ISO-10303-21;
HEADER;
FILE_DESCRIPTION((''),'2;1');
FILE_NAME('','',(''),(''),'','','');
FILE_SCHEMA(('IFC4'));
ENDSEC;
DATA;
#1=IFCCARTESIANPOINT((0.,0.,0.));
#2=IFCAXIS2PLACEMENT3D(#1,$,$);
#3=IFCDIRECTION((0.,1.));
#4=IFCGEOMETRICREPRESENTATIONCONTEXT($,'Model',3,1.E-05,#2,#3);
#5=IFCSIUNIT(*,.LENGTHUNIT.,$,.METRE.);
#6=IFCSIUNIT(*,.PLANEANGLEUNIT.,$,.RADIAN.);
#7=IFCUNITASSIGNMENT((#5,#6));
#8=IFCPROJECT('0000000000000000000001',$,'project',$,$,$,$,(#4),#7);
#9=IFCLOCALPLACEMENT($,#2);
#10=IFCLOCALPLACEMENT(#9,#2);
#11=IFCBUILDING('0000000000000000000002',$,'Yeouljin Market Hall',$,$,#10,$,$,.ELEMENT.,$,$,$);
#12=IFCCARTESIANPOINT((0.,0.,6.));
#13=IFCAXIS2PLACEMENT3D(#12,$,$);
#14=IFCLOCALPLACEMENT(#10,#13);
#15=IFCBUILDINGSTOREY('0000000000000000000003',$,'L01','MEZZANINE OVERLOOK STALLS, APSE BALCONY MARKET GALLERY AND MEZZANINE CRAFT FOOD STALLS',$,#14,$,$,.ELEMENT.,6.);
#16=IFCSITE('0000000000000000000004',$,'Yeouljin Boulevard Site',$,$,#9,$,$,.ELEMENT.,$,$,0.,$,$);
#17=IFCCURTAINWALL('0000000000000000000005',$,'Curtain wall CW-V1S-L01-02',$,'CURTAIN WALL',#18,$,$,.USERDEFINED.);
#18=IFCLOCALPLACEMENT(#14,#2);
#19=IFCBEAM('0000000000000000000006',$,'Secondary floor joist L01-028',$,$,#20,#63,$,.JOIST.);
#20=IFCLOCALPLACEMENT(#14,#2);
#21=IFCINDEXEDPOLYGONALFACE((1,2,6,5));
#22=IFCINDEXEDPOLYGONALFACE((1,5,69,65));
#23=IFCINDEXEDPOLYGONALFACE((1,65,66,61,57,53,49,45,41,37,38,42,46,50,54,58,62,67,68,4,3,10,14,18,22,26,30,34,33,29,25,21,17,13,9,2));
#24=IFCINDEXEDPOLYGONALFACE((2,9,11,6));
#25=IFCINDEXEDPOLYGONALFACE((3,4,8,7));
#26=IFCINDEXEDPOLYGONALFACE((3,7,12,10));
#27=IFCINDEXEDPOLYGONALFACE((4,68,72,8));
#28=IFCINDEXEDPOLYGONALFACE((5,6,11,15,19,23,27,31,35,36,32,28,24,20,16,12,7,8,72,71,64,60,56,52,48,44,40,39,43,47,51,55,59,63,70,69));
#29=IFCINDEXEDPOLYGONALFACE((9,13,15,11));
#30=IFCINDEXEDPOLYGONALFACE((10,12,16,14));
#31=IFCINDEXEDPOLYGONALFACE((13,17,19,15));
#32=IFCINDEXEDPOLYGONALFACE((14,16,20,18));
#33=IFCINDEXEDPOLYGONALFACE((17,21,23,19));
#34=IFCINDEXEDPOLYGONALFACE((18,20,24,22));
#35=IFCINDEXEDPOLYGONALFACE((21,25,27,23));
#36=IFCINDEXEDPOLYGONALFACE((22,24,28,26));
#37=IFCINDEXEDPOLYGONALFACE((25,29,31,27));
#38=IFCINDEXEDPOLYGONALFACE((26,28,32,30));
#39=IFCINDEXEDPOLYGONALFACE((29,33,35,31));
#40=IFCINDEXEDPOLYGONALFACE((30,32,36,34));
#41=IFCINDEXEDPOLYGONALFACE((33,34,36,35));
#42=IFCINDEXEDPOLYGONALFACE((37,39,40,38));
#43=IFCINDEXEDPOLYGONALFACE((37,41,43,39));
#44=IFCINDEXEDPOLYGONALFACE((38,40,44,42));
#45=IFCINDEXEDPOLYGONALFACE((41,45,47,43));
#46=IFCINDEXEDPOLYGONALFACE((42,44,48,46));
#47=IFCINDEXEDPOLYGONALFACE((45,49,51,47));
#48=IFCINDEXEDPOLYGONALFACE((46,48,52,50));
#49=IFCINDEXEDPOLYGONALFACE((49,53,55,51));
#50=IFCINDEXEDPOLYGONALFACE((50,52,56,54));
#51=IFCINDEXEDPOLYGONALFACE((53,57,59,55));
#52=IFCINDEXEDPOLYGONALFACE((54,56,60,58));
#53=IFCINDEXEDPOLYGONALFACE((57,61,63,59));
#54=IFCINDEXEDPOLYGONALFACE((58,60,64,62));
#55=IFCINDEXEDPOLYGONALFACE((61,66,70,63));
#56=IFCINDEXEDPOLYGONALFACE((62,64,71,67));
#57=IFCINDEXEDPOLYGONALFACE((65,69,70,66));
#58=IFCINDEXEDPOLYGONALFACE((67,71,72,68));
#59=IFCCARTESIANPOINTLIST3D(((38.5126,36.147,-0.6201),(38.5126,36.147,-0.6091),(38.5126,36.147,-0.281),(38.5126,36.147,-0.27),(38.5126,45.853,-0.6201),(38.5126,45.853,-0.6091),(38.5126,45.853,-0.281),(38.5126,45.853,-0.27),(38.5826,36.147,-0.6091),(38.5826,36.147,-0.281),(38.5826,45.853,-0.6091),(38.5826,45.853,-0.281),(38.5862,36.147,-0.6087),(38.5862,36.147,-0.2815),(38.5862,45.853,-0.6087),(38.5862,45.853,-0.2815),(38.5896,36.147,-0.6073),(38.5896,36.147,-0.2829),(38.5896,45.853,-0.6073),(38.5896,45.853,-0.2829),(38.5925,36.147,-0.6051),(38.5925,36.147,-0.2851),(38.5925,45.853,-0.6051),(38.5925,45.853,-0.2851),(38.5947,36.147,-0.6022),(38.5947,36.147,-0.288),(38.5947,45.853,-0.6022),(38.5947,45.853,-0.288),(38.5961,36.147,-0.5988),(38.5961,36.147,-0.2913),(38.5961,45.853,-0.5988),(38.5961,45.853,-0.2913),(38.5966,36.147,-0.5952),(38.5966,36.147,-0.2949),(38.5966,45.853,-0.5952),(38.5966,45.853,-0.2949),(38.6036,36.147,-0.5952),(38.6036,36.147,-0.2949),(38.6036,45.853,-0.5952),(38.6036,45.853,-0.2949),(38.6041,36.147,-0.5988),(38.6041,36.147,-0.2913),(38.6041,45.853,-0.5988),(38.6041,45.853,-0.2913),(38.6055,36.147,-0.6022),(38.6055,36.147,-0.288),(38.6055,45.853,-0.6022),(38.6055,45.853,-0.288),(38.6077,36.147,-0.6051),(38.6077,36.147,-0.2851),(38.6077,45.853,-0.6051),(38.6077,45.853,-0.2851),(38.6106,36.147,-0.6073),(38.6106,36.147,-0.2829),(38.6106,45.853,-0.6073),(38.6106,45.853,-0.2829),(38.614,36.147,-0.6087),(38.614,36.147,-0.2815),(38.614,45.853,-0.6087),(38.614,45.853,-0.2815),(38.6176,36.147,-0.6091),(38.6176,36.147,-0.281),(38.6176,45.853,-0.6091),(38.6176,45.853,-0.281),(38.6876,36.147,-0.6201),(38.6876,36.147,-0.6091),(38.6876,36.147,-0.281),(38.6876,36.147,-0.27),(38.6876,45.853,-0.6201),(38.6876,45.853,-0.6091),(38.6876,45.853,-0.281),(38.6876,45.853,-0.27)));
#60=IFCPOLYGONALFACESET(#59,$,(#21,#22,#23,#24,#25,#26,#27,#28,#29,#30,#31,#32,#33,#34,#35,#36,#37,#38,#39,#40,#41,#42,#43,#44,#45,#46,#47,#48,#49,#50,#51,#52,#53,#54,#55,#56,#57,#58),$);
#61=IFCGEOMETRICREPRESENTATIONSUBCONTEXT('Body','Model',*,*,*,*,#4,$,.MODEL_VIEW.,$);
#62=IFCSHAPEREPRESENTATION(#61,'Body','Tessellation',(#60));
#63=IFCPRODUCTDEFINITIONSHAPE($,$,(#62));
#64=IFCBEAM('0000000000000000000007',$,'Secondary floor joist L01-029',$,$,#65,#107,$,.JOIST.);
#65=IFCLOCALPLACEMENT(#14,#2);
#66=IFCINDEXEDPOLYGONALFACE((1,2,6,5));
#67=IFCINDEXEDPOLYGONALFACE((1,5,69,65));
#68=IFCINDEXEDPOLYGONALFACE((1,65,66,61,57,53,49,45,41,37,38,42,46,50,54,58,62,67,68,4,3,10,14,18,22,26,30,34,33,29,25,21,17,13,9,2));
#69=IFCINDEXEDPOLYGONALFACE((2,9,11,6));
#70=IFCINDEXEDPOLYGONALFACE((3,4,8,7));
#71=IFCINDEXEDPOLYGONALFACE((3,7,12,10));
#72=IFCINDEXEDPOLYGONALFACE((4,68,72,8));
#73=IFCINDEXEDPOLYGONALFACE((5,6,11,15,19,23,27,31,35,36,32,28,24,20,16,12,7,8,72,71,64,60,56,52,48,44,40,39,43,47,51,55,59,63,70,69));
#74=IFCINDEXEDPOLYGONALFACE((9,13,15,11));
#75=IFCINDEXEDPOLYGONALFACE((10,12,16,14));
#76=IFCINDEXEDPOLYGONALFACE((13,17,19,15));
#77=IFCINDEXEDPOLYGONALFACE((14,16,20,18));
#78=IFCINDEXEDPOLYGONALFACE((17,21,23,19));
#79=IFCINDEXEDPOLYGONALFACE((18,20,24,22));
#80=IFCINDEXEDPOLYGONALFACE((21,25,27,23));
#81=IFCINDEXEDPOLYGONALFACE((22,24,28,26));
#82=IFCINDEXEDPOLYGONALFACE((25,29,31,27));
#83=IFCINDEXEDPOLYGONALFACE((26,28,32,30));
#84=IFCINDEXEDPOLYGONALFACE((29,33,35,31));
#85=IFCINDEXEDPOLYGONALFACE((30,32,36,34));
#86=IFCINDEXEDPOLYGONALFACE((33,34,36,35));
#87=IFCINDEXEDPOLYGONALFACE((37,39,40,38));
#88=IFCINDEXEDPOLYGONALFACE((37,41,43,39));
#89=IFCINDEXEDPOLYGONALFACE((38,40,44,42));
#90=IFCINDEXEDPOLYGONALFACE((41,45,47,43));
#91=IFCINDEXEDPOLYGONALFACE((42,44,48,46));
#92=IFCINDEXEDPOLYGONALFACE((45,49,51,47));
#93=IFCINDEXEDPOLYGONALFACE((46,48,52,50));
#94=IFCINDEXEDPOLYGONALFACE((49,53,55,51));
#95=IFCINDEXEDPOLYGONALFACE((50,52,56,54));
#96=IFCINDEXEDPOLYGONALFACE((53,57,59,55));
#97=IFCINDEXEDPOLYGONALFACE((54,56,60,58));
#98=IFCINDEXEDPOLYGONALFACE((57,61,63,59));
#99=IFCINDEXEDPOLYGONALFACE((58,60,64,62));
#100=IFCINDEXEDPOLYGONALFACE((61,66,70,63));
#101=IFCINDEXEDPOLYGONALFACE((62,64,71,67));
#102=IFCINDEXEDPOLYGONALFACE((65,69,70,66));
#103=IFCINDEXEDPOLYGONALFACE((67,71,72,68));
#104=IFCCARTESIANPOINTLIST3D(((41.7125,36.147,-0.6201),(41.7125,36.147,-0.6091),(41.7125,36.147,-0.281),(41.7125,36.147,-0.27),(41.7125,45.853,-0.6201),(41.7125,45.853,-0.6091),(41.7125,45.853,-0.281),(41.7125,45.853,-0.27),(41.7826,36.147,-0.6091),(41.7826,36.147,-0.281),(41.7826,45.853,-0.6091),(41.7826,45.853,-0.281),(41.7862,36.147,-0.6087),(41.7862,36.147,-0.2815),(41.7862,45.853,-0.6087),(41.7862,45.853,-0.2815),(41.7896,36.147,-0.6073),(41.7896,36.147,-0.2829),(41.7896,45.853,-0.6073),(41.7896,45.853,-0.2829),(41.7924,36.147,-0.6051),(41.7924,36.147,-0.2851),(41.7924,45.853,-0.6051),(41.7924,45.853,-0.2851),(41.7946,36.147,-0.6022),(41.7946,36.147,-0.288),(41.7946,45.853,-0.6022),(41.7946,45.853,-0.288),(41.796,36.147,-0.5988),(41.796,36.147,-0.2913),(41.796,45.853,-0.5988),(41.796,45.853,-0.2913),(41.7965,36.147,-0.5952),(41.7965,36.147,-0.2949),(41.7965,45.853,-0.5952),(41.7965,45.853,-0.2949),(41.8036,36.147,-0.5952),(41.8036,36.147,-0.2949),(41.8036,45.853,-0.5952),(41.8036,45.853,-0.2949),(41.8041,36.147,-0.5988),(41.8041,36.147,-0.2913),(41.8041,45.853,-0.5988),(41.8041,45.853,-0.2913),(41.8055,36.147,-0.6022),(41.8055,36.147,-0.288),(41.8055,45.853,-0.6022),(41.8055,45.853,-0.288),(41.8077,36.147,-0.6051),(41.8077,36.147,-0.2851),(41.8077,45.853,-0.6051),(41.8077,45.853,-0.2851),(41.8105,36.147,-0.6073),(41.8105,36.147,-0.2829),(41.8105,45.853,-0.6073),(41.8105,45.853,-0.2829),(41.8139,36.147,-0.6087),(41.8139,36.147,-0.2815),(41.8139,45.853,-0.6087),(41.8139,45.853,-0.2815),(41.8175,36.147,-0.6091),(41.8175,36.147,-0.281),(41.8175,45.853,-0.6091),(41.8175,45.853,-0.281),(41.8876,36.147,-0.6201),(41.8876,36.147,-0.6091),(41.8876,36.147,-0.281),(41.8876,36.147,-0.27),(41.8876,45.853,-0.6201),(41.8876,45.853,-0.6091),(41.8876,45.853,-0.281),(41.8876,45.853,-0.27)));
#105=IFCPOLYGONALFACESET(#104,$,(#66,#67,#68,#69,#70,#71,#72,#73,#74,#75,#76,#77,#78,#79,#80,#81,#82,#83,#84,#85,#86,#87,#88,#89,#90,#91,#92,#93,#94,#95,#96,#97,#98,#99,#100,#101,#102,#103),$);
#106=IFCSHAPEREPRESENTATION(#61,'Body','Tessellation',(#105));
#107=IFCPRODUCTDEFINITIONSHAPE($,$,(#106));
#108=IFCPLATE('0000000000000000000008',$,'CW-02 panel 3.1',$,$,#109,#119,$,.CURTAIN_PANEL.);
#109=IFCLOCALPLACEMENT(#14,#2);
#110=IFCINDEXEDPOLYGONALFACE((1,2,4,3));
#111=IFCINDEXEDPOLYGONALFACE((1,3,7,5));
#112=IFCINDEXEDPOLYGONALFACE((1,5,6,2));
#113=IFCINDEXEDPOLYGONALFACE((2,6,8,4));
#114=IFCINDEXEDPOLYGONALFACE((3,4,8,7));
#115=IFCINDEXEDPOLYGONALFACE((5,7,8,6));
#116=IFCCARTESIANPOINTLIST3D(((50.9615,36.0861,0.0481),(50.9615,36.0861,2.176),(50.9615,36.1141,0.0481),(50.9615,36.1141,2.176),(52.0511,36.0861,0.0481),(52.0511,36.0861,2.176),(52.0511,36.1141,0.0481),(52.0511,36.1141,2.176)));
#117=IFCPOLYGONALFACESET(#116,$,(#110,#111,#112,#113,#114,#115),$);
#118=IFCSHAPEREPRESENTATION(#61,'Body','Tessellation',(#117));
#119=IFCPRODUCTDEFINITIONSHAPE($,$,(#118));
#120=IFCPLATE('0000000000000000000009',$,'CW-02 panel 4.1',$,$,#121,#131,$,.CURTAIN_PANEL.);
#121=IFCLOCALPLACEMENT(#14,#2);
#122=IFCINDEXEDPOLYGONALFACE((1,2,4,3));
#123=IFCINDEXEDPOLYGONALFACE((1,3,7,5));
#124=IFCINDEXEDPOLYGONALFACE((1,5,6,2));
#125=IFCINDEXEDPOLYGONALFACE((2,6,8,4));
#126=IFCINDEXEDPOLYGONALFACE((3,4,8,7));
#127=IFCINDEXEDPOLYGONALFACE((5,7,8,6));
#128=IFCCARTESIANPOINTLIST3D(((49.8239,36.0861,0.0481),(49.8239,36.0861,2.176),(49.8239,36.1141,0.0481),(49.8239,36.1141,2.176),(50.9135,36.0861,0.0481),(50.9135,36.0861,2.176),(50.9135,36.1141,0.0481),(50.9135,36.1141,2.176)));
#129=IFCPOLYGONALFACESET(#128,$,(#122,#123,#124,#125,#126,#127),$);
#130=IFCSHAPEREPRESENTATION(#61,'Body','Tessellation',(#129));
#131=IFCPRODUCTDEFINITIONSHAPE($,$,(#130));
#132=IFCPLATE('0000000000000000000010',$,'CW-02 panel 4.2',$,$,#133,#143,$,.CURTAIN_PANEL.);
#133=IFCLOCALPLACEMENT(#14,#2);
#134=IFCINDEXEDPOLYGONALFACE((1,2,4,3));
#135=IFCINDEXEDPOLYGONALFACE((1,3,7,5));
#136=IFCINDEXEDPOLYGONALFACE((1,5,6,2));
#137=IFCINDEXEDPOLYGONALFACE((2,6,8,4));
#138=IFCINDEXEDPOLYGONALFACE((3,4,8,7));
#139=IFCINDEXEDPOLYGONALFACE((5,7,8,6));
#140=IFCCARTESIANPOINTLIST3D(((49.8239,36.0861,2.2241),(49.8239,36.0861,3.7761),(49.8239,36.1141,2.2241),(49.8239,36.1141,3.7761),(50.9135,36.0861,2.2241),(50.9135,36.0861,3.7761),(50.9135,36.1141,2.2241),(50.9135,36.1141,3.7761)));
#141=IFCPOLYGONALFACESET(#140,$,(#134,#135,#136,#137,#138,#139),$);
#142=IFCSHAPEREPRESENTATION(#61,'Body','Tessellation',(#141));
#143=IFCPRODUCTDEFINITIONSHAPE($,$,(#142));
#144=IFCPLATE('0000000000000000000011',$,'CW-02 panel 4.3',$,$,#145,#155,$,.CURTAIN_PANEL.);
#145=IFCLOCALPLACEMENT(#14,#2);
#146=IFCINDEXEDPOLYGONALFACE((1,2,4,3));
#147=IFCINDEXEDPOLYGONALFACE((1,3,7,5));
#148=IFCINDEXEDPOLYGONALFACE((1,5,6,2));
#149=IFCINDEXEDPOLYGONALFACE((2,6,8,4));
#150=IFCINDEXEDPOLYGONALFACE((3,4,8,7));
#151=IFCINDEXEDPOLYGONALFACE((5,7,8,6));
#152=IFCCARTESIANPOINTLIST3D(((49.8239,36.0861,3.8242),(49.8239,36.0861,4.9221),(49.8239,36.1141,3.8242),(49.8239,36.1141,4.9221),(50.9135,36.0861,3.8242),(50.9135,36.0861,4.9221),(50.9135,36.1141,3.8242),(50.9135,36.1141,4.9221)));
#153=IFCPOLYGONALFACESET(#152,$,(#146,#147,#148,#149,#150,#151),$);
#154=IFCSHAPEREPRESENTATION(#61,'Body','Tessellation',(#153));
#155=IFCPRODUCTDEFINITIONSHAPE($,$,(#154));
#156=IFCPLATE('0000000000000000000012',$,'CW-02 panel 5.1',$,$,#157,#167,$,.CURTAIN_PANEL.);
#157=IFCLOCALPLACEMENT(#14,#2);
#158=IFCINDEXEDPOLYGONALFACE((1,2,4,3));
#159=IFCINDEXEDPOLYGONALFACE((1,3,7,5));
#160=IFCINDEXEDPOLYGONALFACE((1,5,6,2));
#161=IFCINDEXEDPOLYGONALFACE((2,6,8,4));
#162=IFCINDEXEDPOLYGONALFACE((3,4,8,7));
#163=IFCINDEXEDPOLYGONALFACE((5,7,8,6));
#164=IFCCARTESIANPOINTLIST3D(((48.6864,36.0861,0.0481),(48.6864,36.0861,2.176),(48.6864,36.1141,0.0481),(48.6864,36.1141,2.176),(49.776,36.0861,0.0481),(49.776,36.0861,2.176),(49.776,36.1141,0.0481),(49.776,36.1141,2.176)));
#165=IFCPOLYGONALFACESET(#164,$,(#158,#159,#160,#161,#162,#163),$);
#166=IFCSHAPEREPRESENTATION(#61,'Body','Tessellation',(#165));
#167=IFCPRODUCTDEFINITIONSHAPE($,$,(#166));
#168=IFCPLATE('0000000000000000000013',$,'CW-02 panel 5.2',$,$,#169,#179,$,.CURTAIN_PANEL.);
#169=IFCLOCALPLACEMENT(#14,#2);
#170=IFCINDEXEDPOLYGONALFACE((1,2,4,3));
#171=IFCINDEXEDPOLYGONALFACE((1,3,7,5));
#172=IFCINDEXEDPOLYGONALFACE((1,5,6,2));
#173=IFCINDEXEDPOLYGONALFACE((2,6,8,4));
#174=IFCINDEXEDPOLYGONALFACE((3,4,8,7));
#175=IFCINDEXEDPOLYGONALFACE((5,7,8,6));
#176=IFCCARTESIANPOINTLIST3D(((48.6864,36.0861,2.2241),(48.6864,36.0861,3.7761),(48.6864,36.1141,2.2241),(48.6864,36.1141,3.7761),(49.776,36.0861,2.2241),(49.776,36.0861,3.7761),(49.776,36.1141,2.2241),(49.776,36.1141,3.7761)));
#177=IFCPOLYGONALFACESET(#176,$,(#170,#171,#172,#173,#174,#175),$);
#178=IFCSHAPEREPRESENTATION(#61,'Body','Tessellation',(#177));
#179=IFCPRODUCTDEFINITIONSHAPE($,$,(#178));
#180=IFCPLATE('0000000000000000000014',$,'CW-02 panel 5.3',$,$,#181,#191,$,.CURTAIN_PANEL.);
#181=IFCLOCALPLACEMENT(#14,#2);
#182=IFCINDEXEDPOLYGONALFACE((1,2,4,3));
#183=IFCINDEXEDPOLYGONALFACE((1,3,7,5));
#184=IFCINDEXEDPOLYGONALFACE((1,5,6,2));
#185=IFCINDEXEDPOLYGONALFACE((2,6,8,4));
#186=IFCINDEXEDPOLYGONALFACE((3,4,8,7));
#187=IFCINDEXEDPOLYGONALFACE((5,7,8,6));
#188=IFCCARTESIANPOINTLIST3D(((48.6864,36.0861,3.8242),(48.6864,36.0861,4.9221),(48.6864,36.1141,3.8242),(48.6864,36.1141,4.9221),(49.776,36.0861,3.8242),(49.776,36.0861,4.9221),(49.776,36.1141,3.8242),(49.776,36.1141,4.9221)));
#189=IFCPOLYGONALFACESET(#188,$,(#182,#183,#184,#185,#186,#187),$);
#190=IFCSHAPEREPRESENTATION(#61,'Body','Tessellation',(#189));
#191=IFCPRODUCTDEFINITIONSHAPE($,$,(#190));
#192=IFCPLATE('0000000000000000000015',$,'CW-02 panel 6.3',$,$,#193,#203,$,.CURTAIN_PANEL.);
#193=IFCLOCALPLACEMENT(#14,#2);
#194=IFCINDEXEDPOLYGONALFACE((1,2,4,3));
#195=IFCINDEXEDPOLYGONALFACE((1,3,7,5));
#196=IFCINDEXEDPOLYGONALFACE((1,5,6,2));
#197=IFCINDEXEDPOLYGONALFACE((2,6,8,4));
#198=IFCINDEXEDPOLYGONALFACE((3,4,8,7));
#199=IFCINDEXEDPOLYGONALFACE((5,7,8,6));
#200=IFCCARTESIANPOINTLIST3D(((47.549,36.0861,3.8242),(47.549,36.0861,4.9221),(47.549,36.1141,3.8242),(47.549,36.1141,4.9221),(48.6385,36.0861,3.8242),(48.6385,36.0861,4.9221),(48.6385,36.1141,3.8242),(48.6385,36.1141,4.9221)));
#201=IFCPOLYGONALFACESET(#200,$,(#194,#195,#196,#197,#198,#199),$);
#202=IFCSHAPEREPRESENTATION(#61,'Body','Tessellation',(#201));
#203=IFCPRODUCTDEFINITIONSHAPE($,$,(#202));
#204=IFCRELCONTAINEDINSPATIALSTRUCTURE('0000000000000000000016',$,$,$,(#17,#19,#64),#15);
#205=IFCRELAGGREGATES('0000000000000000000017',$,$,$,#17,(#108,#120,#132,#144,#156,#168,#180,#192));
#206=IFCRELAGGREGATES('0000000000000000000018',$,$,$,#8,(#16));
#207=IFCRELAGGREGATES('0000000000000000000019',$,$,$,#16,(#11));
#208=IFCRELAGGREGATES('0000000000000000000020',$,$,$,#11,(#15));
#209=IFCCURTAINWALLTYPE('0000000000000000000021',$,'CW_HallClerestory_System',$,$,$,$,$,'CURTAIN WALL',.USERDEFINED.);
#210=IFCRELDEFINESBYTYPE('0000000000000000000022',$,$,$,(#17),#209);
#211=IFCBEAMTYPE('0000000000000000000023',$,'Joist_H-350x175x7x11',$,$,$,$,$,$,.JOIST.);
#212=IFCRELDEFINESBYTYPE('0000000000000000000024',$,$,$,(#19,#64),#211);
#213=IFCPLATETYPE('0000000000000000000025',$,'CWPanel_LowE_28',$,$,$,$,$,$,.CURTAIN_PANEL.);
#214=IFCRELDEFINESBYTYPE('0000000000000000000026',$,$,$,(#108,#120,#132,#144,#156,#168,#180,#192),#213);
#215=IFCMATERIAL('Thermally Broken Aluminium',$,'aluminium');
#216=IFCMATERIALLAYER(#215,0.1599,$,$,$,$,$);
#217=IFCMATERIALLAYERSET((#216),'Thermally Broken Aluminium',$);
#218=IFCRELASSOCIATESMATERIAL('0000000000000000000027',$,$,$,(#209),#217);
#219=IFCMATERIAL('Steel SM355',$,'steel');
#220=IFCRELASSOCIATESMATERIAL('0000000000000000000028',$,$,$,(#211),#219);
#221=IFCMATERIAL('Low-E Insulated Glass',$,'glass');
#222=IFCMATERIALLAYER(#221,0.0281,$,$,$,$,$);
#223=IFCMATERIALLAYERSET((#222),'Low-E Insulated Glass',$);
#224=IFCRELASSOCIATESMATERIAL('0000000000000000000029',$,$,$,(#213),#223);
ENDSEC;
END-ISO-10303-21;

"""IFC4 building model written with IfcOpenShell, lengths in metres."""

from ifc_helpers import new_model, si_unit, direction, frame, origin, origin_2d, place, context, subcontext, project, spatial, rectangle, i_section, extrude, material, layer, layer_set, material_profile, profile_set, type_object, element, aggregate, save


model = new_model("IFC4")

# Units and contexts
model_context = context("Model", 3, precision=1e-05, world=origin(), true_north=direction((0.0, 1.0)))
body_context = subcontext(model_context, "Body", "Model", "MODEL_VIEW")
ifc_project = project(units=[si_unit("LENGTHUNIT", "METRE"), si_unit("PLANEANGLEUNIT", "RADIAN")], contexts=[model_context])

# Site, building, storey
site_placement = place(None, origin())
site = spatial("IfcSite", under=ifc_project, at=site_placement, Name="Yeouljin Boulevard Site", CompositionType="ELEMENT", RefElevation=0.0)
building_placement = place(site_placement, origin())
building = spatial("IfcBuilding", under=site, at=building_placement, Name="Yeouljin Market Hall", CompositionType="ELEMENT")
storey_placement = place(building_placement, frame((0.0, 0.0, 6.0)))
storey = spatial("IfcBuildingStorey", under=building, at=storey_placement, Name="L01", Description="MEZZANINE OVERLOOK STALLS, APSE BALCONY MARKET GALLERY AND MEZZANINE CRAFT FOOD STALLS", CompositionType="ELEMENT", Elevation=6.0)

# Curtain wall
ifc_material_1 = material(Name="Thermally Broken Aluminium", Category="aluminium")
ifc_layer_1 = layer(ifc_material_1, 0.1599)
ifc_layer_set_1 = layer_set([ifc_layer_1], Name="Thermally Broken Aluminium")
curtain_wall_type = type_object("IfcCurtainWallType", Name="CW_HallClerestory_System", ElementType="CURTAIN WALL", PredefinedType="USERDEFINED", material=ifc_layer_set_1)
curtain_wall_placement = place(storey_placement, origin())
curtain_wall = element("IfcCurtainWall", 1, at=curtain_wall_placement, inside=storey, type_object=curtain_wall_type, Name="Curtain wall CW-V1S-L01-02", ObjectType="CURTAIN WALL", PredefinedType="USERDEFINED")

# Beams
ifc_material_2 = material(Name="Steel SM355", Category="steel")
ifc_material_profile_1 = material_profile(ifc_material_2, i_section(OverallWidth=0.175, OverallDepth=0.3501, WebThickness=0.0071, FlangeThickness=0.011, FilletRadius=0.0139, at=origin_2d()), Name="H-350x175x7x11")
ifc_profile_set_1 = profile_set([ifc_material_profile_1], Name="Steel SM355")
beam_type = type_object("IfcBeamType", Name="Joist_H-350x175x7x11", PredefinedType="JOIST", material=ifc_profile_set_1)
for number, where, z_axis, x_axis, name in (
    (2, (38.6001, 36.147, -0.4451), (0.0, 1.0, 0.0), (-1.0, 0.0, 0.0), "Secondary floor joist L01-028"),
    (3, (41.8, 36.147, -0.4451), (0.0, 1.0, 0.0), (-1.0, 0.0, 0.0), "Secondary floor joist L01-029"),
):
    element("IfcBeam", number, at=place(storey_placement, frame(where, z_axis=z_axis, x_axis=x_axis)), inside=storey, type_object=beam_type, Name=name, PredefinedType="JOIST", context=body_context, shape_type="SweptSolid", body=[
        extrude(i_section(OverallWidth=0.175, OverallDepth=0.3501, WebThickness=0.0071, FlangeThickness=0.011, FilletRadius=0.0139, at=origin_2d()), origin(), (0.0, 0.0, 1.0), 9.7061),
    ])

# Plates
ifc_material_3 = material(Name="Low-E Insulated Glass", Category="glass")
ifc_layer_2 = layer(ifc_material_3, 0.0281)
ifc_layer_set_2 = layer_set([ifc_layer_2], Name="Low-E Insulated Glass")
plate_type = type_object("IfcPlateType", Name="CWPanel_LowE_28", PredefinedType="CURTAIN_PANEL", material=ifc_layer_set_2)
plate_1_placement = place(storey_placement, frame((51.5063, 36.1001, 0.0481), z_axis=(0.0, 0.0, 1.0), x_axis=(-1.0, 0.0, 0.0)))
plate_1 = element("IfcPlate", 4, at=plate_1_placement, type_object=plate_type, Name="CW-02 panel 3.1", PredefinedType="CURTAIN_PANEL", context=body_context, shape_type="SweptSolid", body=[
    extrude(rectangle(XDim=1.0896, YDim=0.0281, at=origin_2d()), origin(), (0.0, 0.0, 1.0), 2.1279),
])
plate_2_placement = place(storey_placement, frame((50.3687, 36.1001, 0.0481), z_axis=(0.0, 0.0, 1.0), x_axis=(-1.0, 0.0, 0.0)))
plate_2 = element("IfcPlate", 5, at=plate_2_placement, type_object=plate_type, Name="CW-02 panel 4.1", PredefinedType="CURTAIN_PANEL", context=body_context, shape_type="SweptSolid", body=[
    extrude(rectangle(XDim=1.0896, YDim=0.0281, at=origin_2d()), origin(), (0.0, 0.0, 1.0), 2.1279),
])
plate_3_placement = place(storey_placement, frame((50.3687, 36.1001, 2.2241), z_axis=(0.0, 0.0, 1.0), x_axis=(-1.0, 0.0, 0.0)))
plate_3 = element("IfcPlate", 6, at=plate_3_placement, type_object=plate_type, Name="CW-02 panel 4.2", PredefinedType="CURTAIN_PANEL", context=body_context, shape_type="SweptSolid", body=[
    extrude(rectangle(XDim=1.0896, YDim=0.0281, at=origin_2d()), origin(), (0.0, 0.0, 1.0), 1.552),
])
plate_4_placement = place(storey_placement, frame((50.3687, 36.1001, 3.8242), z_axis=(0.0, 0.0, 1.0), x_axis=(-1.0, 0.0, 0.0)))
plate_4 = element("IfcPlate", 7, at=plate_4_placement, type_object=plate_type, Name="CW-02 panel 4.3", PredefinedType="CURTAIN_PANEL", context=body_context, shape_type="SweptSolid", body=[
    extrude(rectangle(XDim=1.0896, YDim=0.0281, at=origin_2d()), origin(), (0.0, 0.0, 1.0), 1.0979),
])
plate_5_placement = place(storey_placement, frame((49.2312, 36.1001, 0.0481), z_axis=(0.0, 0.0, 1.0), x_axis=(-1.0, 0.0, 0.0)))
plate_5 = element("IfcPlate", 8, at=plate_5_placement, type_object=plate_type, Name="CW-02 panel 5.1", PredefinedType="CURTAIN_PANEL", context=body_context, shape_type="SweptSolid", body=[
    extrude(rectangle(XDim=1.0896, YDim=0.0281, at=origin_2d()), origin(), (0.0, 0.0, 1.0), 2.1279),
])
plate_6_placement = place(storey_placement, frame((49.2312, 36.1001, 2.2241), z_axis=(0.0, 0.0, 1.0), x_axis=(-1.0, 0.0, 0.0)))
plate_6 = element("IfcPlate", 9, at=plate_6_placement, type_object=plate_type, Name="CW-02 panel 5.2", PredefinedType="CURTAIN_PANEL", context=body_context, shape_type="SweptSolid", body=[
    extrude(rectangle(XDim=1.0896, YDim=0.0281, at=origin_2d()), origin(), (0.0, 0.0, 1.0), 1.552),
])
plate_7_placement = place(storey_placement, frame((49.2312, 36.1001, 3.8242), z_axis=(0.0, 0.0, 1.0), x_axis=(-1.0, 0.0, 0.0)))
plate_7 = element("IfcPlate", 10, at=plate_7_placement, type_object=plate_type, Name="CW-02 panel 5.3", PredefinedType="CURTAIN_PANEL", context=body_context, shape_type="SweptSolid", body=[
    extrude(rectangle(XDim=1.0896, YDim=0.0281, at=origin_2d()), origin(), (0.0, 0.0, 1.0), 1.0979),
])
plate_8_placement = place(storey_placement, frame((48.0938, 36.1001, 3.8242), z_axis=(0.0, 0.0, 1.0), x_axis=(-1.0, 0.0, 0.0)))
plate_8 = element("IfcPlate", 11, at=plate_8_placement, type_object=plate_type, Name="CW-02 panel 6.3", PredefinedType="CURTAIN_PANEL", context=body_context, shape_type="SweptSolid", body=[
    extrude(rectangle(XDim=1.0896, YDim=0.0281, at=origin_2d()), origin(), (0.0, 0.0, 1.0), 1.0979),
])
aggregate(curtain_wall, [plate_1, plate_2, plate_3, plate_4, plate_5, plate_6, plate_7, plate_8])

save(model, "model.ifc")
